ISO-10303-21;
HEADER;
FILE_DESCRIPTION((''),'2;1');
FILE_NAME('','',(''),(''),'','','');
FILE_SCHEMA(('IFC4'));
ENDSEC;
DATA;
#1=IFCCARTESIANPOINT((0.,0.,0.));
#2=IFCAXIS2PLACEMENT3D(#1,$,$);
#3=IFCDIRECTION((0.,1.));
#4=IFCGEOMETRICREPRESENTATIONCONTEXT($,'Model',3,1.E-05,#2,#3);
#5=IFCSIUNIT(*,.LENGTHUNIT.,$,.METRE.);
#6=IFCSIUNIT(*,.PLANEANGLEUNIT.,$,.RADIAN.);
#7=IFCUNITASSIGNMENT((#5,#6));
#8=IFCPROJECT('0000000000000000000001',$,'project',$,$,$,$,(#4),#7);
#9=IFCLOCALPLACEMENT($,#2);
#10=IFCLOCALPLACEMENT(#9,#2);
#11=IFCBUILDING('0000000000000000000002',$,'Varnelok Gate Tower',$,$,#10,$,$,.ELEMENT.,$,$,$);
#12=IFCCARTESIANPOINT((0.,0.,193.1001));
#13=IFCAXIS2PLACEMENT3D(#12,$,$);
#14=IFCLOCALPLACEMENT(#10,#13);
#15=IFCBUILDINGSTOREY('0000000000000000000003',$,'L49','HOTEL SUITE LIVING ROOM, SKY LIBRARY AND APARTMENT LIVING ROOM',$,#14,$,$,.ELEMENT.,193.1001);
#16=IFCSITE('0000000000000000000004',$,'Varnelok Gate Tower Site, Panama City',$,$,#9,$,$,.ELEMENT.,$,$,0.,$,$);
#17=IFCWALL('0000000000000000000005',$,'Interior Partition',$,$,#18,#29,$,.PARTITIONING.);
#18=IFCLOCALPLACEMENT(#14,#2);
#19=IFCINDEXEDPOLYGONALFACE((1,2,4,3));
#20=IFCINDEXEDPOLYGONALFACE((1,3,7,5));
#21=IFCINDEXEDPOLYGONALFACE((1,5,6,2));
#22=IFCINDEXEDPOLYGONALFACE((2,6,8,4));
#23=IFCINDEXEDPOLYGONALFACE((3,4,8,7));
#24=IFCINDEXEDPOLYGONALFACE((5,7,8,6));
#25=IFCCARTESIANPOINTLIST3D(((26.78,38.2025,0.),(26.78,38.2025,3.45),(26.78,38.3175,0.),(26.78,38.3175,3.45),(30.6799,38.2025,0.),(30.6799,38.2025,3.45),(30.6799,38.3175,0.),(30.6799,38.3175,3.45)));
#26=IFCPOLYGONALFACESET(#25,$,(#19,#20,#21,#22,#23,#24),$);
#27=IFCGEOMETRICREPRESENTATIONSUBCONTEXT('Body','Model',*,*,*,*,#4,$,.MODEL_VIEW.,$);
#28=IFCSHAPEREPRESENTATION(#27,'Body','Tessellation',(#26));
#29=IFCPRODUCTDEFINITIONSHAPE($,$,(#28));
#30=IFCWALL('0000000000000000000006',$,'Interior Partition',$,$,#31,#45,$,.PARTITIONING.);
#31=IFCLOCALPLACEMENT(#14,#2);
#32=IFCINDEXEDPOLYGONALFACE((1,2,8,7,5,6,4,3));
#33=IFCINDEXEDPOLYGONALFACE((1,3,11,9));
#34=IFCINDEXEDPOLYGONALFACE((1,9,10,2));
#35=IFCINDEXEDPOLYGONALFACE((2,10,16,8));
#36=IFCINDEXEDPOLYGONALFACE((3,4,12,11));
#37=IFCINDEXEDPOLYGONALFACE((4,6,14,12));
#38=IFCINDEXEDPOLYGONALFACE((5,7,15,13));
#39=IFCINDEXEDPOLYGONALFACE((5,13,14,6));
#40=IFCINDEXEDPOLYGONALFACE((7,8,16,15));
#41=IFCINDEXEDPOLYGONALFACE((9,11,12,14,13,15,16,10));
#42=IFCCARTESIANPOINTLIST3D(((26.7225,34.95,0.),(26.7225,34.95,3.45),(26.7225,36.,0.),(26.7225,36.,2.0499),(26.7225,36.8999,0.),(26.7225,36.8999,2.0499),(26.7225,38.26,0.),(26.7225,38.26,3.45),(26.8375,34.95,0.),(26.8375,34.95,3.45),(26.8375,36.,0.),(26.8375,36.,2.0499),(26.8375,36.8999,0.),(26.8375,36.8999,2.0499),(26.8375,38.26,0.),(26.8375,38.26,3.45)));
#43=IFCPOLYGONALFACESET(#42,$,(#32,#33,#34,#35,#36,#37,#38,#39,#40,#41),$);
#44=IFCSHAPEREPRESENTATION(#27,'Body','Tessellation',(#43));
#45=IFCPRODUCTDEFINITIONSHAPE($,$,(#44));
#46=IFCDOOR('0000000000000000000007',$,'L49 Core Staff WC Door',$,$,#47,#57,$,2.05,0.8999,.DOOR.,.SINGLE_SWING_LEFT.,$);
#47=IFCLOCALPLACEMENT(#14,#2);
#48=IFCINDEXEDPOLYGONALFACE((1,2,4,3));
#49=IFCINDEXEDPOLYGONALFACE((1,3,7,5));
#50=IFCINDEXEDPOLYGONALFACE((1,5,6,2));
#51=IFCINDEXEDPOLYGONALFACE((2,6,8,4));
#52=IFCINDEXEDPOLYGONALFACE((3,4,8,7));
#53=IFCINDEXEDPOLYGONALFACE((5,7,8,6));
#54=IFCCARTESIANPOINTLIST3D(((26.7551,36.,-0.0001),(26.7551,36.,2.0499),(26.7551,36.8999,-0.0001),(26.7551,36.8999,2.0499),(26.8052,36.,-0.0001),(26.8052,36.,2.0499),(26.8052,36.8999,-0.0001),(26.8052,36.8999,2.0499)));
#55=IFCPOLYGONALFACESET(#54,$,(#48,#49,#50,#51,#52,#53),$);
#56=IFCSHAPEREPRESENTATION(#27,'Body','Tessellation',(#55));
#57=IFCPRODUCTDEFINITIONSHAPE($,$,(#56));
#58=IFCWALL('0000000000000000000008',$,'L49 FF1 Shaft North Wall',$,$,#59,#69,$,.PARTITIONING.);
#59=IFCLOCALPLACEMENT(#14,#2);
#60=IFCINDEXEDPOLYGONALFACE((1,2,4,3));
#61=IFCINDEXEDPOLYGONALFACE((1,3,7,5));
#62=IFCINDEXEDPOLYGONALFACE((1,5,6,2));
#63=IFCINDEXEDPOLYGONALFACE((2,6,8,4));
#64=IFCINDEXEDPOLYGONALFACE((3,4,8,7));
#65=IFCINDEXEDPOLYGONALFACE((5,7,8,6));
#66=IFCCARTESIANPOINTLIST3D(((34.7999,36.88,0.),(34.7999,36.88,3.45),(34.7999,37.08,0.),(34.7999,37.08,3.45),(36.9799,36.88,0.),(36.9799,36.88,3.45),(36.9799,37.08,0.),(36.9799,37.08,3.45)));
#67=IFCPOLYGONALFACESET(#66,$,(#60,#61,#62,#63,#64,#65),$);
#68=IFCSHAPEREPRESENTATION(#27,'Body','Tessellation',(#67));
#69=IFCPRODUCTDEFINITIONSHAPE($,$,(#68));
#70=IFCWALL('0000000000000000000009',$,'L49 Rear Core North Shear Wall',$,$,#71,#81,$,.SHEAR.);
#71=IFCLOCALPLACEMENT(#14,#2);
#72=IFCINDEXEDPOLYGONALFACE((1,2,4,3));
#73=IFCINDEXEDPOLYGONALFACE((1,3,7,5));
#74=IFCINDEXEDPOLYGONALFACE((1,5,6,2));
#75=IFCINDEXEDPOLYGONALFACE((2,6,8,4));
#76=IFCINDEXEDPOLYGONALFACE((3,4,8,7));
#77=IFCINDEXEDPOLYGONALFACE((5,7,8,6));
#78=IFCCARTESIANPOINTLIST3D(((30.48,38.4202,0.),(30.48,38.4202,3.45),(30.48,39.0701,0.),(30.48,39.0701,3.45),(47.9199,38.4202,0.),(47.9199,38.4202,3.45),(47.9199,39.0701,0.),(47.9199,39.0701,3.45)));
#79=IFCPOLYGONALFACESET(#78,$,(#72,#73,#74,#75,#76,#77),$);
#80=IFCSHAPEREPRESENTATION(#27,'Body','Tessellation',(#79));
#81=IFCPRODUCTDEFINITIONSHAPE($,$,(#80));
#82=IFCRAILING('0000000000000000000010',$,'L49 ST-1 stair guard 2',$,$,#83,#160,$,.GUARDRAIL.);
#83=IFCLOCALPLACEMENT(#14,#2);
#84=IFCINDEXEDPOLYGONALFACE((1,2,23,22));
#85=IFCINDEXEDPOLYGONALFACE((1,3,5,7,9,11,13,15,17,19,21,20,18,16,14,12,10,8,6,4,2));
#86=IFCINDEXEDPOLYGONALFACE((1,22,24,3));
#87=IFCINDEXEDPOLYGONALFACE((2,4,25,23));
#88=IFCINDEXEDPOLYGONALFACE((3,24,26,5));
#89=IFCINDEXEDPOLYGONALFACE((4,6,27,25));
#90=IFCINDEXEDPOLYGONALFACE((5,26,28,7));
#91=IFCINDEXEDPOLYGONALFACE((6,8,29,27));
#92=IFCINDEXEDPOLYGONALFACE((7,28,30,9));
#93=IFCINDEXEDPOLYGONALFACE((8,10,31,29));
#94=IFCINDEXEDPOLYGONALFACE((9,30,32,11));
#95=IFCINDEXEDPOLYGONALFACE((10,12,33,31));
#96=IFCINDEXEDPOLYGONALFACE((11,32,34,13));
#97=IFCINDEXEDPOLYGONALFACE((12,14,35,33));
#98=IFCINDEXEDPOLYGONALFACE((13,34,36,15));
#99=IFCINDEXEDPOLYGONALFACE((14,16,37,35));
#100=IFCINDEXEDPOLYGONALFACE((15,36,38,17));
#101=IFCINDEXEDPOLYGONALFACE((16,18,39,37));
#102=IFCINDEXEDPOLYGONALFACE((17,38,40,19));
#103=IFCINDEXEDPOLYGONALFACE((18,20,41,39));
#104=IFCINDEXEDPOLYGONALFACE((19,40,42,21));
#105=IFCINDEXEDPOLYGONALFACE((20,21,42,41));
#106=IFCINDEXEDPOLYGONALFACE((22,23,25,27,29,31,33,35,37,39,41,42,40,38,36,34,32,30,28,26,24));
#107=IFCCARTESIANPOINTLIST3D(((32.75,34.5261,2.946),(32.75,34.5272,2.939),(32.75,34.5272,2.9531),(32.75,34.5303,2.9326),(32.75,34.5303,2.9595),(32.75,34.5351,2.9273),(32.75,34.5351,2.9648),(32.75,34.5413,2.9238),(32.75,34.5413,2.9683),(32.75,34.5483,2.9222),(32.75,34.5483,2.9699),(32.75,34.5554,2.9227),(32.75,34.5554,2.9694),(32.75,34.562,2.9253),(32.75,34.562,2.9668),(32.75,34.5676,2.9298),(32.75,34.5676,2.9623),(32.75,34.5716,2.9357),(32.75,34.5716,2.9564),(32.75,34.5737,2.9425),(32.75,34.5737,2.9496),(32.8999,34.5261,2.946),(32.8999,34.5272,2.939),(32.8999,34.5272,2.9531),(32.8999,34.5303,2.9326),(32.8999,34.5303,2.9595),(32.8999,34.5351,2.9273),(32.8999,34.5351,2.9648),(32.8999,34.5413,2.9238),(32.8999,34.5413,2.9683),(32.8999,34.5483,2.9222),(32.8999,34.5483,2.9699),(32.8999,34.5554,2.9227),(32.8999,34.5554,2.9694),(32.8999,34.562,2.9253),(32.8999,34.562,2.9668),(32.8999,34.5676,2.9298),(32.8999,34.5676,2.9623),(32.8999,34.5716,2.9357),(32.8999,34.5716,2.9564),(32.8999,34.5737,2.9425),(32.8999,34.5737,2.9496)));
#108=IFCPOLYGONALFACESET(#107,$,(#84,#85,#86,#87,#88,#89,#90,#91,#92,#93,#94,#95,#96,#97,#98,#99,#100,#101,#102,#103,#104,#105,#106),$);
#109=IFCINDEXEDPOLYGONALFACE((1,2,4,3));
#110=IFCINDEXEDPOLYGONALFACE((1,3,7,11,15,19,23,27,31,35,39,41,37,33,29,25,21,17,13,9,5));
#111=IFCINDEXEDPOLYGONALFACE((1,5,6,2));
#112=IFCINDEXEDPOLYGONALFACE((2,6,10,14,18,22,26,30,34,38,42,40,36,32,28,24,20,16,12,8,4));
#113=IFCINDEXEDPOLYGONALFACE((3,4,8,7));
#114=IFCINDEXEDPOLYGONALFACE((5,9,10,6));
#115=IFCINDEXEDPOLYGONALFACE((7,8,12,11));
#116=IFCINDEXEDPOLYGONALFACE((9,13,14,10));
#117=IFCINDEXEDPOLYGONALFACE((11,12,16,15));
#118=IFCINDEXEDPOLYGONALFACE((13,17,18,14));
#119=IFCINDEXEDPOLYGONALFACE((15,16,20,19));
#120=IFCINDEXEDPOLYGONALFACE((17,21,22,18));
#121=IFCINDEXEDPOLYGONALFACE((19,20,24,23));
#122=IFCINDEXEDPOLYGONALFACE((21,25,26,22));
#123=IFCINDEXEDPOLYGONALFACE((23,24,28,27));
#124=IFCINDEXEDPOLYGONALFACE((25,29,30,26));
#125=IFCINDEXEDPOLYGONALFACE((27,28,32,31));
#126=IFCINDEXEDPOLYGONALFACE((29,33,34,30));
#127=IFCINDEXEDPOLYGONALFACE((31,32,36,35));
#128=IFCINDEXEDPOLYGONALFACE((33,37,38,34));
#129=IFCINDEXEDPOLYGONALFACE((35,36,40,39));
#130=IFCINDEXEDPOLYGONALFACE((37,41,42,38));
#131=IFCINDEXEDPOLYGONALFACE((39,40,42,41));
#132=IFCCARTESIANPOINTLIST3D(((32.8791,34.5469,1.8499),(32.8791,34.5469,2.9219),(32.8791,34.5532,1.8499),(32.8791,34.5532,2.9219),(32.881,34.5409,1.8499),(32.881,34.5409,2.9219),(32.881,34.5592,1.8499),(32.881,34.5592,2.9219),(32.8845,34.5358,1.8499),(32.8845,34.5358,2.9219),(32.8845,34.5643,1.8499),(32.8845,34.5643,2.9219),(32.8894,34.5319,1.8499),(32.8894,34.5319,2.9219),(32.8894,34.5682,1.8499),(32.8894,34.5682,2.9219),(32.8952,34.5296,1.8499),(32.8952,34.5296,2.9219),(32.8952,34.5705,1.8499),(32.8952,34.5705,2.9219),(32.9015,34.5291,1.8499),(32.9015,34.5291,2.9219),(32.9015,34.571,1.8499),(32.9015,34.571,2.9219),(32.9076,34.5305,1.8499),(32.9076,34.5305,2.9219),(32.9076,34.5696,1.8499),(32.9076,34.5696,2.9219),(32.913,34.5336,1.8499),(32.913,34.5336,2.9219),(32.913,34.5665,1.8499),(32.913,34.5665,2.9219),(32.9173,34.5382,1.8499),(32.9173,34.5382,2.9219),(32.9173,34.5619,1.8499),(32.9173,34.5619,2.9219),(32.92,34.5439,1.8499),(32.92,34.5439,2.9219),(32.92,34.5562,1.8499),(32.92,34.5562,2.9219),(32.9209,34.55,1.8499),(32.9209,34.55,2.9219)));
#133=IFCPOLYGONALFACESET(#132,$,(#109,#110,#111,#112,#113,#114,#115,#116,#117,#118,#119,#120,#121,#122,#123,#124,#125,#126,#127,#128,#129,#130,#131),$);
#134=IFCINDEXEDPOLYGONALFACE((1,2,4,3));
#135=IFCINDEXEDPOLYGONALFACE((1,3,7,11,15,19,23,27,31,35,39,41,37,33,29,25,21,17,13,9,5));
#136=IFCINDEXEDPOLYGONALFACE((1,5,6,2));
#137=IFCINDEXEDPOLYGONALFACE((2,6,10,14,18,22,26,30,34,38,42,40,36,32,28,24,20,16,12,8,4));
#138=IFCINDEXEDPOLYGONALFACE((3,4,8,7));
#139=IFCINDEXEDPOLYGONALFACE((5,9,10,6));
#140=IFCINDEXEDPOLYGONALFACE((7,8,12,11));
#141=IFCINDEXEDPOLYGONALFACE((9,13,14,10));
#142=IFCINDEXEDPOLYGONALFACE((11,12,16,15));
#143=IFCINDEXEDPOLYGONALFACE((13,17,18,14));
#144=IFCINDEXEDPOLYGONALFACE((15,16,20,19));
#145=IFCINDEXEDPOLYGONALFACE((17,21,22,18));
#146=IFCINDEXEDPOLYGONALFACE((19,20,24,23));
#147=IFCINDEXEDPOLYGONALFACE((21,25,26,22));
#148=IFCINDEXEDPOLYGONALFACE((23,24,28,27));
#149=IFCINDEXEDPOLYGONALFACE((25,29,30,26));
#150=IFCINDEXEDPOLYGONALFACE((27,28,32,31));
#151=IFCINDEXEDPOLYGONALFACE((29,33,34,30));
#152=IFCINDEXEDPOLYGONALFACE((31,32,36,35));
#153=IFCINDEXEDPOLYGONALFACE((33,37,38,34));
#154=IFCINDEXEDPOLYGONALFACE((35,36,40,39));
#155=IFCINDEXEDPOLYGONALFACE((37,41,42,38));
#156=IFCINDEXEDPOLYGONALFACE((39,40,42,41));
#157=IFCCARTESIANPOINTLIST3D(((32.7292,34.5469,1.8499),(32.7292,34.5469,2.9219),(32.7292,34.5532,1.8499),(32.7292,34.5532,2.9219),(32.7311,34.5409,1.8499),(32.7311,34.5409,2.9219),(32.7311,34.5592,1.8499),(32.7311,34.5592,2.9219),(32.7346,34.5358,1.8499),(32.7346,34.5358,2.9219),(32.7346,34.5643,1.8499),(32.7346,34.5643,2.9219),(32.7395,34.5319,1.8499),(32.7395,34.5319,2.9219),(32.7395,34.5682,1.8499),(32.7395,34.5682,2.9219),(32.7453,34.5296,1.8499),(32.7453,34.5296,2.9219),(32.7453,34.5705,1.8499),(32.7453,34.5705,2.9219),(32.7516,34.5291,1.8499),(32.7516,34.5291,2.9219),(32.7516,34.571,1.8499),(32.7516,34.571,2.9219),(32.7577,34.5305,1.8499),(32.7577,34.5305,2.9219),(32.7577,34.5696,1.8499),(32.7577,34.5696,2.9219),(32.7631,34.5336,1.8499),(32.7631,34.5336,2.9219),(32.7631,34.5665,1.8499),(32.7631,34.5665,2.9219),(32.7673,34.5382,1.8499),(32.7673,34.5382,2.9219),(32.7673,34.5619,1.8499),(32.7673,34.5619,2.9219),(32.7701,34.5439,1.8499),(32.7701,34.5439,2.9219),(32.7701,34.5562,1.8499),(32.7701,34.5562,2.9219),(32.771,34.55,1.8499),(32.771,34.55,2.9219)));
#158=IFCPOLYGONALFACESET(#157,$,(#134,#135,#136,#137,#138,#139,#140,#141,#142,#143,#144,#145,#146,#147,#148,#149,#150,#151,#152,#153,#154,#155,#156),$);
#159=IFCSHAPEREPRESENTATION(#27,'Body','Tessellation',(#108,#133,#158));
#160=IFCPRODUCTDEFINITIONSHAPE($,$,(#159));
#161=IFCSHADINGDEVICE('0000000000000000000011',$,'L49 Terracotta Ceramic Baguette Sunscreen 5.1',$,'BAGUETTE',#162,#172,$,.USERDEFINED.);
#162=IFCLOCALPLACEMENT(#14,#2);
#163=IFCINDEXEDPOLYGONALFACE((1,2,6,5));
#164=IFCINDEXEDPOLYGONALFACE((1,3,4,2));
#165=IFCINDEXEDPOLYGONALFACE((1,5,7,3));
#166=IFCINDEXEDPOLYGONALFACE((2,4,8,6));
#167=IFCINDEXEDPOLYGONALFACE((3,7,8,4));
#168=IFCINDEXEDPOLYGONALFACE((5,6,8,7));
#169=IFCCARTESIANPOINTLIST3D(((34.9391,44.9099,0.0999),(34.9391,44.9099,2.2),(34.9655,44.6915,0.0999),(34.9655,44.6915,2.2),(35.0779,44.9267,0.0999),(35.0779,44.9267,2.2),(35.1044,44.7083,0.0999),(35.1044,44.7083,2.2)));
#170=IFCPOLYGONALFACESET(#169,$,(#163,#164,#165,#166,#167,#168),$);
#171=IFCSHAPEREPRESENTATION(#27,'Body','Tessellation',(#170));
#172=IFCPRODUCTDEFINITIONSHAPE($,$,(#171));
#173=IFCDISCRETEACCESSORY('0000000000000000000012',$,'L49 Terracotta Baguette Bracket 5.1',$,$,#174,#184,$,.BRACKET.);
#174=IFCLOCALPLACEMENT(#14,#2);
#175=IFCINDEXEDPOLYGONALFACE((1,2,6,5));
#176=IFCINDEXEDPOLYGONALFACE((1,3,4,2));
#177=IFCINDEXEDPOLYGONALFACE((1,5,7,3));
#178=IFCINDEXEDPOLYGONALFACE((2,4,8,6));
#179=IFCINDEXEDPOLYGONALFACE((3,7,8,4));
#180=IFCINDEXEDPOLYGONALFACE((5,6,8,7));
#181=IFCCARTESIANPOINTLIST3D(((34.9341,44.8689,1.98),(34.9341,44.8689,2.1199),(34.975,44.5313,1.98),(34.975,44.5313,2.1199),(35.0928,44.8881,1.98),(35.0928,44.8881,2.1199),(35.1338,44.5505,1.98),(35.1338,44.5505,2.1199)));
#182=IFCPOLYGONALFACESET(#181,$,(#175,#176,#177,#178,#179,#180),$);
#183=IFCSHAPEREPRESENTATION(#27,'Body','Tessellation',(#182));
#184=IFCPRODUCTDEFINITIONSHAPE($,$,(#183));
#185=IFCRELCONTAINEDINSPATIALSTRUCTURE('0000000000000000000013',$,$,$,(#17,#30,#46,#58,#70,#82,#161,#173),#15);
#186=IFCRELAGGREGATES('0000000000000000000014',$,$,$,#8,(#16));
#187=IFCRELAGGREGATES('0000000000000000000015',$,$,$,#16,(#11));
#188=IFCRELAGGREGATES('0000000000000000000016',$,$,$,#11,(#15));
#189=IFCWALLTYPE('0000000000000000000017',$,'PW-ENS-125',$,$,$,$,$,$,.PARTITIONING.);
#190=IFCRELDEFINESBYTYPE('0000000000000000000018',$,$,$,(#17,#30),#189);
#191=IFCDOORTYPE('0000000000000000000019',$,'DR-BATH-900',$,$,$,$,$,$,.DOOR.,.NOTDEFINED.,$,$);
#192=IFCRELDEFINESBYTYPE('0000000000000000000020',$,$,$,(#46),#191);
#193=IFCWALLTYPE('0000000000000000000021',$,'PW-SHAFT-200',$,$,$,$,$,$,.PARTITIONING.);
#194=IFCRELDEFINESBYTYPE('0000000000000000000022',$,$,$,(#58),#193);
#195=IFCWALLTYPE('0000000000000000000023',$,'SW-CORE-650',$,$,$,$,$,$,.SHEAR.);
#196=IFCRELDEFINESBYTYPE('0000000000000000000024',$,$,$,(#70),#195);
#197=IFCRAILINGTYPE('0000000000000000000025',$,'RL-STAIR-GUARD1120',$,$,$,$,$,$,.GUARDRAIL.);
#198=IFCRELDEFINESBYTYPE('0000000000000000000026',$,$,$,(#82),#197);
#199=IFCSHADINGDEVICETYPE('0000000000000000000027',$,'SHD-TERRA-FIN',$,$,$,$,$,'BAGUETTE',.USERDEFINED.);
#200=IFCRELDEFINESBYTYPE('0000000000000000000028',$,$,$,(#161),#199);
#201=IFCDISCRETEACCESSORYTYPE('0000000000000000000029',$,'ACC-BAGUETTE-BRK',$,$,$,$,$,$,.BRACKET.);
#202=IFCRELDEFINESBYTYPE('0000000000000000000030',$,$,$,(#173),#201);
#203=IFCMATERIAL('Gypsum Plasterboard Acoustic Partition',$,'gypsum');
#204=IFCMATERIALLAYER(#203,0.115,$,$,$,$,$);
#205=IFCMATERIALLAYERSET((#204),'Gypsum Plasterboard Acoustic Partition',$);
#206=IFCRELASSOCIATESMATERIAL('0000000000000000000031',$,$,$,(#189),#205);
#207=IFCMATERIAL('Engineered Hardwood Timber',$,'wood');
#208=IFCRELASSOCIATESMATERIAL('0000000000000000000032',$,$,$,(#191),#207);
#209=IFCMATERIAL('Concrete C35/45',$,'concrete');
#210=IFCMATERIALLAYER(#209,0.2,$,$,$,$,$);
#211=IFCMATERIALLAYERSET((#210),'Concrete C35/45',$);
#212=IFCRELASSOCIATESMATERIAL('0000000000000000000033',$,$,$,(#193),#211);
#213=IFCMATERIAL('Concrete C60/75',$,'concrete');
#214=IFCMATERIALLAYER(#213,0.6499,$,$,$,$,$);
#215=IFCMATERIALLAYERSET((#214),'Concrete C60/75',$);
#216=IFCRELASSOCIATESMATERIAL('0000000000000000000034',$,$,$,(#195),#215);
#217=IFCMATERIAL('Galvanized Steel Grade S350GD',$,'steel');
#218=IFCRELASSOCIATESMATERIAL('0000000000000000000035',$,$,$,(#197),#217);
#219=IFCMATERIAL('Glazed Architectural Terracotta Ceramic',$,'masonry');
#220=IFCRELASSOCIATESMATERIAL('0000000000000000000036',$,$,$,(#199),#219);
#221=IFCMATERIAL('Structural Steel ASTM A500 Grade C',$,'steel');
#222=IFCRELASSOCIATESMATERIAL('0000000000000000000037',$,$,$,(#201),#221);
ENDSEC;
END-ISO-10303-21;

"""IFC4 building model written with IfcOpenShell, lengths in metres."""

from ifc_helpers import new_model, si_unit, direction, frame, frame_2d, origin, origin_2d, place, context, subcontext, project, spatial, rectangle, circle, extrude, source, transform, mapped, material, layer, layer_set, type_object, element, fill, save


model = new_model("IFC4")

# Units and contexts
model_context = context("Model", 3, precision=1e-05, world=origin(), true_north=direction((0.0, 1.0)))
body_context = subcontext(model_context, "Body", "Model", "MODEL_VIEW")
ifc_project = project(units=[si_unit("LENGTHUNIT", "METRE"), si_unit("PLANEANGLEUNIT", "RADIAN")], contexts=[model_context])

# Site, building, storey
site_placement = place(None, origin())
site = spatial("IfcSite", under=ifc_project, at=site_placement, Name="Varnelok Gate Tower Site, Panama City", CompositionType="ELEMENT", RefElevation=0.0)
building_placement = place(site_placement, origin())
building = spatial("IfcBuilding", under=site, at=building_placement, Name="Varnelok Gate Tower", CompositionType="ELEMENT")
storey_placement = place(building_placement, frame((0.0, 0.0, 193.1001)))
storey = spatial("IfcBuildingStorey", under=building, at=storey_placement, Name="L49", Description="HOTEL SUITE LIVING ROOM, SKY LIBRARY AND APARTMENT LIVING ROOM", CompositionType="ELEMENT", Elevation=193.1001)

# Shared definitions
ifc_material_1 = material(Name="Concrete C60/75", Category="concrete")

# Wall
ifc_material_2 = material(Name="Gypsum Plasterboard Acoustic Partition", Category="gypsum")
ifc_layer_1 = layer(ifc_material_2, 0.115)
ifc_layer_set_1 = layer_set([ifc_layer_1], Name="Gypsum Plasterboard Acoustic Partition")
wall_type_1 = type_object("IfcWallType", Name="PW-ENS-125", PredefinedType="PARTITIONING", material=ifc_layer_set_1)
wall_1_placement = place(storey_placement, frame((26.78, 38.26, 0.0), z_axis=(0.0, 0.0, 1.0), x_axis=(1.0, 0.0, 0.0)))
element("IfcWall", 1, at=wall_1_placement, inside=storey, type_object=wall_type_1, Name="Interior Partition", PredefinedType="PARTITIONING", context=body_context, shape_type="SweptSolid", body=[
    extrude(rectangle(XDim=3.8999, YDim=0.115, at=frame_2d((1.95, 0.0))), origin(), (0.0, 0.0, 1.0), 3.45),
])

# Wall, opening, door
wall_2_placement = place(storey_placement, frame((26.78, 34.95, 0.0), z_axis=(0.0, 0.0, 1.0), x_axis=(0.0, 1.0, 0.0)))
wall_2 = element("IfcWall", 2, at=wall_2_placement, inside=storey, type_object=wall_type_1, Name="Interior Partition", PredefinedType="PARTITIONING", context=body_context, shape_type="SweptSolid", body=[
    extrude(rectangle(XDim=3.3101, YDim=0.115, at=frame_2d((1.655, 0.0))), origin(), (0.0, 0.0, 1.0), 3.45),
])
opening_1_placement = place(wall_2_placement, frame((1.05, 0.0, 0.0)))
opening_1 = element("IfcOpeningElement", 3, at=opening_1_placement, cuts=wall_2, PredefinedType="OPENING", context=body_context, shape_type="SweptSolid", body=[
    extrude(rectangle(XDim=0.8999, YDim=2.05, at=frame_2d((0.45, 1.0249))), frame((0.0, 0.0674, 0.0), z_axis=(0.0, -1.0, 0.0), x_axis=(1.0, 0.0, 0.0)), (0.0, 0.0, 1.0), 0.135),
])
ifc_material_3 = material(Name="Engineered Hardwood Timber", Category="wood")
door_type_1 = type_object("IfcDoorType", Name="DR-BATH-900", OperationType="NOTDEFINED", PredefinedType="DOOR", material=ifc_material_3)
door_1_placement = place(opening_1_placement, origin())
door_1 = element("IfcDoor", 4, at=door_1_placement, inside=storey, type_object=door_type_1, Name="L49 Core Staff WC Door", OperationType="SINGLE_SWING_LEFT", OverallHeight=2.05, OverallWidth=0.8999, PredefinedType="DOOR", context=body_context, shape_type="SweptSolid", body=[
    extrude(rectangle(XDim=0.8999, YDim=2.05, at=frame_2d((0.45, 1.0249))), frame((0.0, 0.0249, 0.0), z_axis=(0.0, -1.0, 0.0), x_axis=(1.0, 0.0, 0.0)), (0.0, 0.0, 1.0), 0.05),
])
fill(opening_1, door_1)

# Walls
ifc_material_4 = material(Name="Concrete C35/45", Category="concrete")
ifc_layer_2 = layer(ifc_material_4, 0.2)
ifc_layer_set_2 = layer_set([ifc_layer_2], Name="Concrete C35/45")
wall_type_2 = type_object("IfcWallType", Name="PW-SHAFT-200", PredefinedType="PARTITIONING", material=ifc_layer_set_2)
wall_3_placement = place(storey_placement, frame((34.8, 36.98, 0.0), z_axis=(0.0, 0.0, 1.0), x_axis=(1.0, 0.0, 0.0)))
element("IfcWall", 5, at=wall_3_placement, inside=storey, type_object=wall_type_2, Name="L49 FF1 Shaft North Wall", PredefinedType="PARTITIONING", context=body_context, shape_type="SweptSolid", body=[
    extrude(rectangle(XDim=2.1799, YDim=0.2, at=frame_2d((1.0898, 0.0))), origin(), (0.0, 0.0, 1.0), 3.45),
])
ifc_layer_3 = layer(ifc_material_1, 0.6499)
ifc_layer_set_3 = layer_set([ifc_layer_3], Name="Concrete C60/75")
wall_type_3 = type_object("IfcWallType", Name="SW-CORE-650", PredefinedType="SHEAR", material=ifc_layer_set_3)
wall_4_placement = place(storey_placement, frame((30.48, 38.7451, 0.0), z_axis=(0.0, 0.0, 1.0), x_axis=(1.0, 0.0, 0.0)))
element("IfcWall", 6, at=wall_4_placement, inside=storey, type_object=wall_type_3, Name="L49 Rear Core North Shear Wall", PredefinedType="SHEAR", context=body_context, shape_type="SweptSolid", body=[
    extrude(rectangle(XDim=17.4399, YDim=0.6499, at=frame_2d((8.72, 0.0))), origin(), (0.0, 0.0, 1.0), 3.45),
])

# Railing
ifc_material_5 = material(Name="Galvanized Steel Grade S350GD", Category="steel")
railing_type_1 = type_object("IfcRailingType", Name="RL-STAIR-GUARD1120", PredefinedType="GUARDRAIL", material=ifc_material_5)
railing_1_placement = place(storey_placement, frame((32.8999, 34.55, 1.8499)))
element("IfcRailing", 7, at=railing_1_placement, inside=storey, type_object=railing_type_1, Name="L49 ST-1 stair guard 2", PredefinedType="GUARDRAIL", context=body_context, shape_type="SweptSolid", body=[
    extrude(circle(Radius=0.0239, at=origin_2d()), frame((0.0, 0.0, 1.0962), z_axis=(-1.0, 0.0, 0.0), x_axis=(0.0, -1.0, 0.0)), (0.0, 0.0, 1.0), 0.1499),
    extrude(circle(Radius=0.021, at=origin_2d()), origin(), (0.0, 0.0, 1.0), 1.072),
    extrude(circle(Radius=0.021, at=origin_2d()), frame((-0.1499, 0.0, 0.0)), (0.0, 0.0, 1.0), 1.072),
])

# Shading device
ifc_material_6 = material(Name="Glazed Architectural Terracotta Ceramic", Category="masonry")
shading_device_type = type_object("IfcShadingDeviceType", Name="SHD-TERRA-FIN", ElementType="BAGUETTE", PredefinedType="USERDEFINED", material=ifc_material_6)
shared_shape_1 = source(origin(), body_context, "Body", "SweptSolid", [
    extrude(rectangle(XDim=0.1399, YDim=0.22, at=origin_2d()), origin(), (0.0, 0.0, 1.0), 2.1001),
])
shading_device_placement = place(storey_placement, frame((35.0217, 44.8091, 0.0999), z_axis=(0.0, 0.0, 1.0), x_axis=(0.992732, 0.120345, 0.0)))
element("IfcShadingDevice", 8, at=shading_device_placement, inside=storey, type_object=shading_device_type, Name="L49 Terracotta Ceramic Baguette Sunscreen 5.1", ObjectType="BAGUETTE", PredefinedType="USERDEFINED", context=body_context, shape_type="MappedRepresentation", body=[
    mapped(shared_shape_1, transform((0.0, 0.0, 0.0), scale=1.0)),
])

# Discrete accessory
ifc_material_7 = material(Name="Structural Steel ASTM A500 Grade C", Category="steel")
discrete_accessory_type = type_object("IfcDiscreteAccessoryType", Name="ACC-BAGUETTE-BRK", PredefinedType="BRACKET", material=ifc_material_7)
shared_shape_2 = source(origin(), body_context, "Body", "SweptSolid", [
    extrude(rectangle(XDim=0.1599, YDim=0.3401, at=origin_2d()), origin(), (0.0, 0.0, 1.0), 0.1399),
])
discrete_accessory_placement = place(storey_placement, frame((35.0339, 44.7097, 1.98), z_axis=(0.0, 0.0, 1.0), x_axis=(0.992732, 0.120345, 0.0)))
element("IfcDiscreteAccessory", 9, at=discrete_accessory_placement, inside=storey, type_object=discrete_accessory_type, Name="L49 Terracotta Baguette Bracket 5.1", PredefinedType="BRACKET", context=body_context, shape_type="MappedRepresentation", body=[
    mapped(shared_shape_2, transform((0.0, 0.0, 0.0), scale=1.0)),
])

save(model, "model.ifc")
